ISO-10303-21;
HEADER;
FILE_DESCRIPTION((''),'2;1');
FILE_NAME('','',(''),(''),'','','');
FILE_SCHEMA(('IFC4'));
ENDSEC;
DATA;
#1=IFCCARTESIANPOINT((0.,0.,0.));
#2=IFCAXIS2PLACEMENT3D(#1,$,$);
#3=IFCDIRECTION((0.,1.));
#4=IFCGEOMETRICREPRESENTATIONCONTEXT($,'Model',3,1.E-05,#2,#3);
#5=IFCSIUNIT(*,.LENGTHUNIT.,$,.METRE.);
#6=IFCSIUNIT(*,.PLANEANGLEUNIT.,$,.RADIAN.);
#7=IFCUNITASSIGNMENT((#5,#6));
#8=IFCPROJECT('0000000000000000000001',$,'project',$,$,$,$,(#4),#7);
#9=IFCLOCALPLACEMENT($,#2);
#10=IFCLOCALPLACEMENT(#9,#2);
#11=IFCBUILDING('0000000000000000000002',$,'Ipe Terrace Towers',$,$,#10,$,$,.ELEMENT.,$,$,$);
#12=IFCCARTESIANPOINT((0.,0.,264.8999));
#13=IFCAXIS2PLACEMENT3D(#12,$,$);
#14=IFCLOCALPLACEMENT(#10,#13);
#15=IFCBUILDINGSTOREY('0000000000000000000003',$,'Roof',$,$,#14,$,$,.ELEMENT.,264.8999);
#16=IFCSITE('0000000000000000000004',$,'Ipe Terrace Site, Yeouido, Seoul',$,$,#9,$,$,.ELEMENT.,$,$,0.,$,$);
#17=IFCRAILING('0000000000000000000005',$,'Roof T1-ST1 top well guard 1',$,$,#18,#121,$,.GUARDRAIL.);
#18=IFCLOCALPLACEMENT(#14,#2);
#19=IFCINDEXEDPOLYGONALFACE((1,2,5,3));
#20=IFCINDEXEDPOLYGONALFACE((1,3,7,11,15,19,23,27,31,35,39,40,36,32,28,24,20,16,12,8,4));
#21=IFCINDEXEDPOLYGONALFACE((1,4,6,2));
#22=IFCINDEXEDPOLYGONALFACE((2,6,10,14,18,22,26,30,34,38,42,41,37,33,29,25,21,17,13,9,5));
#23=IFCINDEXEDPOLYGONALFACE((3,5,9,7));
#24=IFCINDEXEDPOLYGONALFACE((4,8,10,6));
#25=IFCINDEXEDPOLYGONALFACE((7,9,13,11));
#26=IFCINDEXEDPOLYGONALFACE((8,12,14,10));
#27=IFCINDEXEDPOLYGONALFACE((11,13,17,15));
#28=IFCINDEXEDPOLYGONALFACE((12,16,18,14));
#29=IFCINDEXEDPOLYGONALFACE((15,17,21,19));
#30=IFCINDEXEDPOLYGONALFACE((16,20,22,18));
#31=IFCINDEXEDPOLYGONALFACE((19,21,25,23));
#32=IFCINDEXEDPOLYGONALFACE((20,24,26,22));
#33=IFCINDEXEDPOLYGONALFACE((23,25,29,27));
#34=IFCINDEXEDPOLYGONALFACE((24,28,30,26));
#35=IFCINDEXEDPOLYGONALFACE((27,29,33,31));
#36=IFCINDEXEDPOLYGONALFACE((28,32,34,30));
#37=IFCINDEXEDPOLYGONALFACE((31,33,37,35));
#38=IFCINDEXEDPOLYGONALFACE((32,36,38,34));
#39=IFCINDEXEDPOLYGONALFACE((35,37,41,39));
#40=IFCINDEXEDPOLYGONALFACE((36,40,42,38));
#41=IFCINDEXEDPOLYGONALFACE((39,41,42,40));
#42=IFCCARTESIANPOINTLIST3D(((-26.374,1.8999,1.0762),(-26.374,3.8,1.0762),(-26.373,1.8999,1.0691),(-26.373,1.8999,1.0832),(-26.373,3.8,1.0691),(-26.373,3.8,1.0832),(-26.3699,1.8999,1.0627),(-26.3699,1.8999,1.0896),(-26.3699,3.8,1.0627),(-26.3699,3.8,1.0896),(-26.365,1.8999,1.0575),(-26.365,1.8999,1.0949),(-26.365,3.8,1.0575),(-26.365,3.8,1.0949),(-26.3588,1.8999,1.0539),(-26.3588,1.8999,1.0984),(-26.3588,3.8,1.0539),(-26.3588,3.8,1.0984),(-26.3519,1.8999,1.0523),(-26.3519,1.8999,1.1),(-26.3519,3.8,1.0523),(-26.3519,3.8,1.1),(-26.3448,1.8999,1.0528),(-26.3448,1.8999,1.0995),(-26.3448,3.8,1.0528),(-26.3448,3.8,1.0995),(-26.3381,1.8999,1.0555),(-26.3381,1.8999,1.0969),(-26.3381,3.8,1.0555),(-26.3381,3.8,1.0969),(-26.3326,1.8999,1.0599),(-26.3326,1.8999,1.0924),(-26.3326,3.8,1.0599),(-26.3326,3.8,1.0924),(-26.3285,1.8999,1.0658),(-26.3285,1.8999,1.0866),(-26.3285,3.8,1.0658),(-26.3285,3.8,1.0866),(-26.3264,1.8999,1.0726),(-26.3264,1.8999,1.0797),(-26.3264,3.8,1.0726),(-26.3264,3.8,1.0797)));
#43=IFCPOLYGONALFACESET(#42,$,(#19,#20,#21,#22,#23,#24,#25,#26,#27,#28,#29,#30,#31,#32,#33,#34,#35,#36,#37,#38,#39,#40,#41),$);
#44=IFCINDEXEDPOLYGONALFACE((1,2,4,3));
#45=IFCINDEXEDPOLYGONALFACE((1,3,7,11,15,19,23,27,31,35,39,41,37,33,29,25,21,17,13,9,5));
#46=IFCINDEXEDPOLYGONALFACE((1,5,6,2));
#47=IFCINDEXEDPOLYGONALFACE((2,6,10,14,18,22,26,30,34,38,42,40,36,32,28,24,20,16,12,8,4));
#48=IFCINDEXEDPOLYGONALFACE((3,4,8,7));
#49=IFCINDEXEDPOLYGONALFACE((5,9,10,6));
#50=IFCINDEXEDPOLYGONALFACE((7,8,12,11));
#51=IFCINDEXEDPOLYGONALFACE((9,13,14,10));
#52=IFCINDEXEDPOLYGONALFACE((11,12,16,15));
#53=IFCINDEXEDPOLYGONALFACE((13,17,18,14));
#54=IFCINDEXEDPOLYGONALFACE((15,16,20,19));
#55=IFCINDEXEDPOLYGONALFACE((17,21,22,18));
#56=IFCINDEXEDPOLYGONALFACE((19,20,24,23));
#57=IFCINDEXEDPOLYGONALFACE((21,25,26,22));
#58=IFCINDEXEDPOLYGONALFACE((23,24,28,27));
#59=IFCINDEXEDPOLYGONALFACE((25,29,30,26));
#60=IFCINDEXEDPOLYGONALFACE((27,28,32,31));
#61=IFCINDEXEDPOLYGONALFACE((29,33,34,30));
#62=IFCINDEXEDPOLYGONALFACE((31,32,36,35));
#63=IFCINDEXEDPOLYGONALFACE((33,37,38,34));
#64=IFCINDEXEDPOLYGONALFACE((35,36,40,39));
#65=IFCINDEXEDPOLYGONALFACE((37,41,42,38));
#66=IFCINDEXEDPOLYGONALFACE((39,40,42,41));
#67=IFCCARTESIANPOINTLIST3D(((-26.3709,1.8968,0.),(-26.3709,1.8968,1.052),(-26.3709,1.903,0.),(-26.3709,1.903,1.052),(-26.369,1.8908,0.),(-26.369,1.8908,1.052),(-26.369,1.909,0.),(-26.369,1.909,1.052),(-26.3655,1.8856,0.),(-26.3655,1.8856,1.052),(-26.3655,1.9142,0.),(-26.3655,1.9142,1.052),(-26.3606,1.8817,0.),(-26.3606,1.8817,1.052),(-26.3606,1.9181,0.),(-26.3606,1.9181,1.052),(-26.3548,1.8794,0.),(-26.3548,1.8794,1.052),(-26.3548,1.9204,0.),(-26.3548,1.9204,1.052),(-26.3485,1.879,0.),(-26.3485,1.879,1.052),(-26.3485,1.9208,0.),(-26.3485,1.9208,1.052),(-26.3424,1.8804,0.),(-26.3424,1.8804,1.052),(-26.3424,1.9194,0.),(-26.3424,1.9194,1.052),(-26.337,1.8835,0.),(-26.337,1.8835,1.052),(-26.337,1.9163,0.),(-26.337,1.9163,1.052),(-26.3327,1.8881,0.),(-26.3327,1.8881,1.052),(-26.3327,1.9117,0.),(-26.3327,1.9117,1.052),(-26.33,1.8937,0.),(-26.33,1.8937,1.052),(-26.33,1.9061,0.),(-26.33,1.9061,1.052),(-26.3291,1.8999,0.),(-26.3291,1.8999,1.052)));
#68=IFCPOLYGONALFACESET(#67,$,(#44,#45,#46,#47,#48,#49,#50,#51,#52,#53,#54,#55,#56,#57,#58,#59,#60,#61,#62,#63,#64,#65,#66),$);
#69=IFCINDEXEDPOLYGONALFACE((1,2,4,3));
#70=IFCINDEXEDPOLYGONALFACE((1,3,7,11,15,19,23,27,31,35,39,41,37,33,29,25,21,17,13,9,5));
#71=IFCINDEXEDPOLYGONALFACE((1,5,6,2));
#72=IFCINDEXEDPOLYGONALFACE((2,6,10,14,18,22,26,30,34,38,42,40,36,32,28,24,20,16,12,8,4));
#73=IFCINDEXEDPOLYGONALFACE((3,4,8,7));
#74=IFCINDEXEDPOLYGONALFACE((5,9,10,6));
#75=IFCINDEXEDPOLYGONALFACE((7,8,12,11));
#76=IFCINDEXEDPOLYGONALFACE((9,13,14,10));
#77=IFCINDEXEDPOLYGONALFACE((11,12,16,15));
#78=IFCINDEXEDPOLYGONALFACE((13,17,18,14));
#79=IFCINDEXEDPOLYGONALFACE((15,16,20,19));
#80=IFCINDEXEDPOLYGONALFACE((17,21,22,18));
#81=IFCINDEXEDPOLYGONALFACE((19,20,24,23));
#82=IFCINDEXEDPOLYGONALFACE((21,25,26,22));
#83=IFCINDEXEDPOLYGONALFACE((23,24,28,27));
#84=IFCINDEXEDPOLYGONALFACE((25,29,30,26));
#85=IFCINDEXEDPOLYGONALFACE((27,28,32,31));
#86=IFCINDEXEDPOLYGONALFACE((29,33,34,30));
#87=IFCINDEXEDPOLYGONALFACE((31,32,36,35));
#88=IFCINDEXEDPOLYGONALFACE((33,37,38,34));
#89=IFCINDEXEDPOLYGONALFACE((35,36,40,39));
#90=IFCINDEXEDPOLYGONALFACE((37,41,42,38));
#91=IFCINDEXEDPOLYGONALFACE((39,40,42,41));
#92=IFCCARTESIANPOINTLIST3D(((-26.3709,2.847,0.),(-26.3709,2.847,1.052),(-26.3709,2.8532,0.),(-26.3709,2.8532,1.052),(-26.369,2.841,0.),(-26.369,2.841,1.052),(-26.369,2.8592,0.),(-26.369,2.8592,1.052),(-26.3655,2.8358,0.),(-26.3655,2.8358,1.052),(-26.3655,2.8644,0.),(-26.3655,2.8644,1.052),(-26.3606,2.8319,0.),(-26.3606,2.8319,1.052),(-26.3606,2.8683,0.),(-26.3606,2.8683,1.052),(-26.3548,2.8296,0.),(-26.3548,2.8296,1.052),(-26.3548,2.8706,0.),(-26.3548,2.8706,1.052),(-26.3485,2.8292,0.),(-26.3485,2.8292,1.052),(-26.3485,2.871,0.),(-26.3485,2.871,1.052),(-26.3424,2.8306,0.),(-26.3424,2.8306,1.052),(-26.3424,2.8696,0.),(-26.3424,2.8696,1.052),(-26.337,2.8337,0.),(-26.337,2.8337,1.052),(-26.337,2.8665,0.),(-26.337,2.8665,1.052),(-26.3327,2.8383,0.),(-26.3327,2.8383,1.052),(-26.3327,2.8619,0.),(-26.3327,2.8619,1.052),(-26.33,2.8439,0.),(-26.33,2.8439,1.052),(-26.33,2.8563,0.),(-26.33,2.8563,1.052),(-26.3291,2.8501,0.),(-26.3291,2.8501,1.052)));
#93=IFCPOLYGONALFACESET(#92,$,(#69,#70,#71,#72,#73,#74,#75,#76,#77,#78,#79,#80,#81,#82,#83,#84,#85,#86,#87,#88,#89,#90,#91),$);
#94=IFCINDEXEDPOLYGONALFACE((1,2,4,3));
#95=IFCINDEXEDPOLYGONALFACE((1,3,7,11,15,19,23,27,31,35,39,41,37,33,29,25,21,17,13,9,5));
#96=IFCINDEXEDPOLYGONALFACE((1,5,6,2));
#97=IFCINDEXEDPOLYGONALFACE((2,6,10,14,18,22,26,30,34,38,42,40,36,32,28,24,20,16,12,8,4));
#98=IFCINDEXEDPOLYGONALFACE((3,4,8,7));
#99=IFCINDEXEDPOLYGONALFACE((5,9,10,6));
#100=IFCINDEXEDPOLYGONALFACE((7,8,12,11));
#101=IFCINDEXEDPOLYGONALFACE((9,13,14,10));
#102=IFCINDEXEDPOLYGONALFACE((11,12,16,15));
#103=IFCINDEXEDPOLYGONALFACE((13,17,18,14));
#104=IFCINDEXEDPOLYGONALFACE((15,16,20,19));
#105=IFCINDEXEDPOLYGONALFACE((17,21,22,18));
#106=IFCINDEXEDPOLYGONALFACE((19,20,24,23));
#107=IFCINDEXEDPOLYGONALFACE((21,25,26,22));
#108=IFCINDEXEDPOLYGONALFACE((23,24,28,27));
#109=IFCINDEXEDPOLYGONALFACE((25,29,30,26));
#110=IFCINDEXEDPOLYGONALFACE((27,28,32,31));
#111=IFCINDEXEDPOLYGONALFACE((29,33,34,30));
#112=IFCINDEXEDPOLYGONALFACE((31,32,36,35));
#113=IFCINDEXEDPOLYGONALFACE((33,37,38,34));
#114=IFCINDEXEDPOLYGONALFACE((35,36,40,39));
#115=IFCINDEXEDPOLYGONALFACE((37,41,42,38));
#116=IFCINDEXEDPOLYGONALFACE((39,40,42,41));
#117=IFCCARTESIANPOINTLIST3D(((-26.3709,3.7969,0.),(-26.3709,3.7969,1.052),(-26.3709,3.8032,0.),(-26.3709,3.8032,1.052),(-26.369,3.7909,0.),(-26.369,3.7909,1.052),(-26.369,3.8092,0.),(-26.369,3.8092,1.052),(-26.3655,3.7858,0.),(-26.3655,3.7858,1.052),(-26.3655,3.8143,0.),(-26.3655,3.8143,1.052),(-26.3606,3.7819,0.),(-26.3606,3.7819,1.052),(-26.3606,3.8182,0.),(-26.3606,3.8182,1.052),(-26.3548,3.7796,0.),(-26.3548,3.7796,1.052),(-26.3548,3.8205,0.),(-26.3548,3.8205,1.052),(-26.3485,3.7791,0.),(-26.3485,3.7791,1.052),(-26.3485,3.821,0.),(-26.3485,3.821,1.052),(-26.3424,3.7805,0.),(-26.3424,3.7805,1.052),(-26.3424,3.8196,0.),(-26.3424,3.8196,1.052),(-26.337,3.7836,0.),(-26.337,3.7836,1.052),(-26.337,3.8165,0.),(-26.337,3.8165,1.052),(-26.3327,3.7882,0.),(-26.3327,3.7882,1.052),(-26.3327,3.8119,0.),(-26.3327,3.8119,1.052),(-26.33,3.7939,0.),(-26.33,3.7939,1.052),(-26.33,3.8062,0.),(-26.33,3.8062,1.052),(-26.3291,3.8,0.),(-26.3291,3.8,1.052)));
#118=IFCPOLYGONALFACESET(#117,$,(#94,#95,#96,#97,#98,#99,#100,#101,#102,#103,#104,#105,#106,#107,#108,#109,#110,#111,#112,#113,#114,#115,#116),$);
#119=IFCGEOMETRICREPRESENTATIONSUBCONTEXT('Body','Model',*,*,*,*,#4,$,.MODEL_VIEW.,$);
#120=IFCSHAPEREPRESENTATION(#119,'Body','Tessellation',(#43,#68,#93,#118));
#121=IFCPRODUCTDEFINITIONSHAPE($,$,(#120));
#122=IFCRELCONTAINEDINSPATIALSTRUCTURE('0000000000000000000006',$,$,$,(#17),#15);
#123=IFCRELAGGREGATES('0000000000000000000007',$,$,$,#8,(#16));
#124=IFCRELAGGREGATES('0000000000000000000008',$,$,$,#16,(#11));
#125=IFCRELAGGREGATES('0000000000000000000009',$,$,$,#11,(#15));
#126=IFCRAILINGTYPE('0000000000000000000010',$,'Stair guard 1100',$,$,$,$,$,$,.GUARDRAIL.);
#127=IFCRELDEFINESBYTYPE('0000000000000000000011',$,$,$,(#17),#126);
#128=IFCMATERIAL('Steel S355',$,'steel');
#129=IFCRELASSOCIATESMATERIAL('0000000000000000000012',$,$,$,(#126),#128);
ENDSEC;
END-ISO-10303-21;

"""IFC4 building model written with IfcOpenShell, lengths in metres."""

from ifc_helpers import new_model, si_unit, direction, frame, origin, origin_2d, place, context, subcontext, project, spatial, circle, extrude, material, type_object, element, save


model = new_model("IFC4")

# Units and contexts
model_context = context("Model", 3, precision=1e-05, world=origin(), true_north=direction((0.0, 1.0)))
body_context = subcontext(model_context, "Body", "Model", "MODEL_VIEW")
ifc_project = project(units=[si_unit("LENGTHUNIT", "METRE"), si_unit("PLANEANGLEUNIT", "RADIAN")], contexts=[model_context])

# Site, building, storey
site_placement = place(None, origin())
site = spatial("IfcSite", under=ifc_project, at=site_placement, Name="Ipe Terrace Site, Yeouido, Seoul", CompositionType="ELEMENT", RefElevation=0.0)
building_placement = place(site_placement, origin())
building = spatial("IfcBuilding", under=site, at=building_placement, Name="Ipe Terrace Towers", CompositionType="ELEMENT")
storey_placement = place(building_placement, frame((0.0, 0.0, 264.8999)))
storey = spatial("IfcBuildingStorey", under=building, at=storey_placement, Name="Roof", CompositionType="ELEMENT", Elevation=264.8999)

# Railing
ifc_material_1 = material(Name="Steel S355", Category="steel")
railing_type = type_object("IfcRailingType", Name="Stair guard 1100", PredefinedType="GUARDRAIL", material=ifc_material_1)
railing_placement = place(storey_placement, frame((-26.3501, 1.8999, 0.0)))
element("IfcRailing", 1, at=railing_placement, inside=storey, type_object=railing_type, Name="Roof T1-ST1 top well guard 1", PredefinedType="GUARDRAIL", context=body_context, shape_type="SweptSolid", body=[
    extrude(circle(Radius=0.0239, at=origin_2d()), frame((0.0, 0.0, 1.0762), z_axis=(0.0, 1.0, 0.0), x_axis=(-1.0, 0.0, 0.0)), (0.0, 0.0, 1.0), 1.9001),
    extrude(circle(Radius=0.021, at=origin_2d()), origin(), (0.0, 0.0, 1.0), 1.052),
    extrude(circle(Radius=0.021, at=origin_2d()), frame((0.0, 0.9502, 0.0)), (0.0, 0.0, 1.0), 1.052),
    extrude(circle(Radius=0.021, at=origin_2d()), frame((0.0, 1.9001, 0.0)), (0.0, 0.0, 1.0), 1.052),
])

save(model, "model.ifc")
